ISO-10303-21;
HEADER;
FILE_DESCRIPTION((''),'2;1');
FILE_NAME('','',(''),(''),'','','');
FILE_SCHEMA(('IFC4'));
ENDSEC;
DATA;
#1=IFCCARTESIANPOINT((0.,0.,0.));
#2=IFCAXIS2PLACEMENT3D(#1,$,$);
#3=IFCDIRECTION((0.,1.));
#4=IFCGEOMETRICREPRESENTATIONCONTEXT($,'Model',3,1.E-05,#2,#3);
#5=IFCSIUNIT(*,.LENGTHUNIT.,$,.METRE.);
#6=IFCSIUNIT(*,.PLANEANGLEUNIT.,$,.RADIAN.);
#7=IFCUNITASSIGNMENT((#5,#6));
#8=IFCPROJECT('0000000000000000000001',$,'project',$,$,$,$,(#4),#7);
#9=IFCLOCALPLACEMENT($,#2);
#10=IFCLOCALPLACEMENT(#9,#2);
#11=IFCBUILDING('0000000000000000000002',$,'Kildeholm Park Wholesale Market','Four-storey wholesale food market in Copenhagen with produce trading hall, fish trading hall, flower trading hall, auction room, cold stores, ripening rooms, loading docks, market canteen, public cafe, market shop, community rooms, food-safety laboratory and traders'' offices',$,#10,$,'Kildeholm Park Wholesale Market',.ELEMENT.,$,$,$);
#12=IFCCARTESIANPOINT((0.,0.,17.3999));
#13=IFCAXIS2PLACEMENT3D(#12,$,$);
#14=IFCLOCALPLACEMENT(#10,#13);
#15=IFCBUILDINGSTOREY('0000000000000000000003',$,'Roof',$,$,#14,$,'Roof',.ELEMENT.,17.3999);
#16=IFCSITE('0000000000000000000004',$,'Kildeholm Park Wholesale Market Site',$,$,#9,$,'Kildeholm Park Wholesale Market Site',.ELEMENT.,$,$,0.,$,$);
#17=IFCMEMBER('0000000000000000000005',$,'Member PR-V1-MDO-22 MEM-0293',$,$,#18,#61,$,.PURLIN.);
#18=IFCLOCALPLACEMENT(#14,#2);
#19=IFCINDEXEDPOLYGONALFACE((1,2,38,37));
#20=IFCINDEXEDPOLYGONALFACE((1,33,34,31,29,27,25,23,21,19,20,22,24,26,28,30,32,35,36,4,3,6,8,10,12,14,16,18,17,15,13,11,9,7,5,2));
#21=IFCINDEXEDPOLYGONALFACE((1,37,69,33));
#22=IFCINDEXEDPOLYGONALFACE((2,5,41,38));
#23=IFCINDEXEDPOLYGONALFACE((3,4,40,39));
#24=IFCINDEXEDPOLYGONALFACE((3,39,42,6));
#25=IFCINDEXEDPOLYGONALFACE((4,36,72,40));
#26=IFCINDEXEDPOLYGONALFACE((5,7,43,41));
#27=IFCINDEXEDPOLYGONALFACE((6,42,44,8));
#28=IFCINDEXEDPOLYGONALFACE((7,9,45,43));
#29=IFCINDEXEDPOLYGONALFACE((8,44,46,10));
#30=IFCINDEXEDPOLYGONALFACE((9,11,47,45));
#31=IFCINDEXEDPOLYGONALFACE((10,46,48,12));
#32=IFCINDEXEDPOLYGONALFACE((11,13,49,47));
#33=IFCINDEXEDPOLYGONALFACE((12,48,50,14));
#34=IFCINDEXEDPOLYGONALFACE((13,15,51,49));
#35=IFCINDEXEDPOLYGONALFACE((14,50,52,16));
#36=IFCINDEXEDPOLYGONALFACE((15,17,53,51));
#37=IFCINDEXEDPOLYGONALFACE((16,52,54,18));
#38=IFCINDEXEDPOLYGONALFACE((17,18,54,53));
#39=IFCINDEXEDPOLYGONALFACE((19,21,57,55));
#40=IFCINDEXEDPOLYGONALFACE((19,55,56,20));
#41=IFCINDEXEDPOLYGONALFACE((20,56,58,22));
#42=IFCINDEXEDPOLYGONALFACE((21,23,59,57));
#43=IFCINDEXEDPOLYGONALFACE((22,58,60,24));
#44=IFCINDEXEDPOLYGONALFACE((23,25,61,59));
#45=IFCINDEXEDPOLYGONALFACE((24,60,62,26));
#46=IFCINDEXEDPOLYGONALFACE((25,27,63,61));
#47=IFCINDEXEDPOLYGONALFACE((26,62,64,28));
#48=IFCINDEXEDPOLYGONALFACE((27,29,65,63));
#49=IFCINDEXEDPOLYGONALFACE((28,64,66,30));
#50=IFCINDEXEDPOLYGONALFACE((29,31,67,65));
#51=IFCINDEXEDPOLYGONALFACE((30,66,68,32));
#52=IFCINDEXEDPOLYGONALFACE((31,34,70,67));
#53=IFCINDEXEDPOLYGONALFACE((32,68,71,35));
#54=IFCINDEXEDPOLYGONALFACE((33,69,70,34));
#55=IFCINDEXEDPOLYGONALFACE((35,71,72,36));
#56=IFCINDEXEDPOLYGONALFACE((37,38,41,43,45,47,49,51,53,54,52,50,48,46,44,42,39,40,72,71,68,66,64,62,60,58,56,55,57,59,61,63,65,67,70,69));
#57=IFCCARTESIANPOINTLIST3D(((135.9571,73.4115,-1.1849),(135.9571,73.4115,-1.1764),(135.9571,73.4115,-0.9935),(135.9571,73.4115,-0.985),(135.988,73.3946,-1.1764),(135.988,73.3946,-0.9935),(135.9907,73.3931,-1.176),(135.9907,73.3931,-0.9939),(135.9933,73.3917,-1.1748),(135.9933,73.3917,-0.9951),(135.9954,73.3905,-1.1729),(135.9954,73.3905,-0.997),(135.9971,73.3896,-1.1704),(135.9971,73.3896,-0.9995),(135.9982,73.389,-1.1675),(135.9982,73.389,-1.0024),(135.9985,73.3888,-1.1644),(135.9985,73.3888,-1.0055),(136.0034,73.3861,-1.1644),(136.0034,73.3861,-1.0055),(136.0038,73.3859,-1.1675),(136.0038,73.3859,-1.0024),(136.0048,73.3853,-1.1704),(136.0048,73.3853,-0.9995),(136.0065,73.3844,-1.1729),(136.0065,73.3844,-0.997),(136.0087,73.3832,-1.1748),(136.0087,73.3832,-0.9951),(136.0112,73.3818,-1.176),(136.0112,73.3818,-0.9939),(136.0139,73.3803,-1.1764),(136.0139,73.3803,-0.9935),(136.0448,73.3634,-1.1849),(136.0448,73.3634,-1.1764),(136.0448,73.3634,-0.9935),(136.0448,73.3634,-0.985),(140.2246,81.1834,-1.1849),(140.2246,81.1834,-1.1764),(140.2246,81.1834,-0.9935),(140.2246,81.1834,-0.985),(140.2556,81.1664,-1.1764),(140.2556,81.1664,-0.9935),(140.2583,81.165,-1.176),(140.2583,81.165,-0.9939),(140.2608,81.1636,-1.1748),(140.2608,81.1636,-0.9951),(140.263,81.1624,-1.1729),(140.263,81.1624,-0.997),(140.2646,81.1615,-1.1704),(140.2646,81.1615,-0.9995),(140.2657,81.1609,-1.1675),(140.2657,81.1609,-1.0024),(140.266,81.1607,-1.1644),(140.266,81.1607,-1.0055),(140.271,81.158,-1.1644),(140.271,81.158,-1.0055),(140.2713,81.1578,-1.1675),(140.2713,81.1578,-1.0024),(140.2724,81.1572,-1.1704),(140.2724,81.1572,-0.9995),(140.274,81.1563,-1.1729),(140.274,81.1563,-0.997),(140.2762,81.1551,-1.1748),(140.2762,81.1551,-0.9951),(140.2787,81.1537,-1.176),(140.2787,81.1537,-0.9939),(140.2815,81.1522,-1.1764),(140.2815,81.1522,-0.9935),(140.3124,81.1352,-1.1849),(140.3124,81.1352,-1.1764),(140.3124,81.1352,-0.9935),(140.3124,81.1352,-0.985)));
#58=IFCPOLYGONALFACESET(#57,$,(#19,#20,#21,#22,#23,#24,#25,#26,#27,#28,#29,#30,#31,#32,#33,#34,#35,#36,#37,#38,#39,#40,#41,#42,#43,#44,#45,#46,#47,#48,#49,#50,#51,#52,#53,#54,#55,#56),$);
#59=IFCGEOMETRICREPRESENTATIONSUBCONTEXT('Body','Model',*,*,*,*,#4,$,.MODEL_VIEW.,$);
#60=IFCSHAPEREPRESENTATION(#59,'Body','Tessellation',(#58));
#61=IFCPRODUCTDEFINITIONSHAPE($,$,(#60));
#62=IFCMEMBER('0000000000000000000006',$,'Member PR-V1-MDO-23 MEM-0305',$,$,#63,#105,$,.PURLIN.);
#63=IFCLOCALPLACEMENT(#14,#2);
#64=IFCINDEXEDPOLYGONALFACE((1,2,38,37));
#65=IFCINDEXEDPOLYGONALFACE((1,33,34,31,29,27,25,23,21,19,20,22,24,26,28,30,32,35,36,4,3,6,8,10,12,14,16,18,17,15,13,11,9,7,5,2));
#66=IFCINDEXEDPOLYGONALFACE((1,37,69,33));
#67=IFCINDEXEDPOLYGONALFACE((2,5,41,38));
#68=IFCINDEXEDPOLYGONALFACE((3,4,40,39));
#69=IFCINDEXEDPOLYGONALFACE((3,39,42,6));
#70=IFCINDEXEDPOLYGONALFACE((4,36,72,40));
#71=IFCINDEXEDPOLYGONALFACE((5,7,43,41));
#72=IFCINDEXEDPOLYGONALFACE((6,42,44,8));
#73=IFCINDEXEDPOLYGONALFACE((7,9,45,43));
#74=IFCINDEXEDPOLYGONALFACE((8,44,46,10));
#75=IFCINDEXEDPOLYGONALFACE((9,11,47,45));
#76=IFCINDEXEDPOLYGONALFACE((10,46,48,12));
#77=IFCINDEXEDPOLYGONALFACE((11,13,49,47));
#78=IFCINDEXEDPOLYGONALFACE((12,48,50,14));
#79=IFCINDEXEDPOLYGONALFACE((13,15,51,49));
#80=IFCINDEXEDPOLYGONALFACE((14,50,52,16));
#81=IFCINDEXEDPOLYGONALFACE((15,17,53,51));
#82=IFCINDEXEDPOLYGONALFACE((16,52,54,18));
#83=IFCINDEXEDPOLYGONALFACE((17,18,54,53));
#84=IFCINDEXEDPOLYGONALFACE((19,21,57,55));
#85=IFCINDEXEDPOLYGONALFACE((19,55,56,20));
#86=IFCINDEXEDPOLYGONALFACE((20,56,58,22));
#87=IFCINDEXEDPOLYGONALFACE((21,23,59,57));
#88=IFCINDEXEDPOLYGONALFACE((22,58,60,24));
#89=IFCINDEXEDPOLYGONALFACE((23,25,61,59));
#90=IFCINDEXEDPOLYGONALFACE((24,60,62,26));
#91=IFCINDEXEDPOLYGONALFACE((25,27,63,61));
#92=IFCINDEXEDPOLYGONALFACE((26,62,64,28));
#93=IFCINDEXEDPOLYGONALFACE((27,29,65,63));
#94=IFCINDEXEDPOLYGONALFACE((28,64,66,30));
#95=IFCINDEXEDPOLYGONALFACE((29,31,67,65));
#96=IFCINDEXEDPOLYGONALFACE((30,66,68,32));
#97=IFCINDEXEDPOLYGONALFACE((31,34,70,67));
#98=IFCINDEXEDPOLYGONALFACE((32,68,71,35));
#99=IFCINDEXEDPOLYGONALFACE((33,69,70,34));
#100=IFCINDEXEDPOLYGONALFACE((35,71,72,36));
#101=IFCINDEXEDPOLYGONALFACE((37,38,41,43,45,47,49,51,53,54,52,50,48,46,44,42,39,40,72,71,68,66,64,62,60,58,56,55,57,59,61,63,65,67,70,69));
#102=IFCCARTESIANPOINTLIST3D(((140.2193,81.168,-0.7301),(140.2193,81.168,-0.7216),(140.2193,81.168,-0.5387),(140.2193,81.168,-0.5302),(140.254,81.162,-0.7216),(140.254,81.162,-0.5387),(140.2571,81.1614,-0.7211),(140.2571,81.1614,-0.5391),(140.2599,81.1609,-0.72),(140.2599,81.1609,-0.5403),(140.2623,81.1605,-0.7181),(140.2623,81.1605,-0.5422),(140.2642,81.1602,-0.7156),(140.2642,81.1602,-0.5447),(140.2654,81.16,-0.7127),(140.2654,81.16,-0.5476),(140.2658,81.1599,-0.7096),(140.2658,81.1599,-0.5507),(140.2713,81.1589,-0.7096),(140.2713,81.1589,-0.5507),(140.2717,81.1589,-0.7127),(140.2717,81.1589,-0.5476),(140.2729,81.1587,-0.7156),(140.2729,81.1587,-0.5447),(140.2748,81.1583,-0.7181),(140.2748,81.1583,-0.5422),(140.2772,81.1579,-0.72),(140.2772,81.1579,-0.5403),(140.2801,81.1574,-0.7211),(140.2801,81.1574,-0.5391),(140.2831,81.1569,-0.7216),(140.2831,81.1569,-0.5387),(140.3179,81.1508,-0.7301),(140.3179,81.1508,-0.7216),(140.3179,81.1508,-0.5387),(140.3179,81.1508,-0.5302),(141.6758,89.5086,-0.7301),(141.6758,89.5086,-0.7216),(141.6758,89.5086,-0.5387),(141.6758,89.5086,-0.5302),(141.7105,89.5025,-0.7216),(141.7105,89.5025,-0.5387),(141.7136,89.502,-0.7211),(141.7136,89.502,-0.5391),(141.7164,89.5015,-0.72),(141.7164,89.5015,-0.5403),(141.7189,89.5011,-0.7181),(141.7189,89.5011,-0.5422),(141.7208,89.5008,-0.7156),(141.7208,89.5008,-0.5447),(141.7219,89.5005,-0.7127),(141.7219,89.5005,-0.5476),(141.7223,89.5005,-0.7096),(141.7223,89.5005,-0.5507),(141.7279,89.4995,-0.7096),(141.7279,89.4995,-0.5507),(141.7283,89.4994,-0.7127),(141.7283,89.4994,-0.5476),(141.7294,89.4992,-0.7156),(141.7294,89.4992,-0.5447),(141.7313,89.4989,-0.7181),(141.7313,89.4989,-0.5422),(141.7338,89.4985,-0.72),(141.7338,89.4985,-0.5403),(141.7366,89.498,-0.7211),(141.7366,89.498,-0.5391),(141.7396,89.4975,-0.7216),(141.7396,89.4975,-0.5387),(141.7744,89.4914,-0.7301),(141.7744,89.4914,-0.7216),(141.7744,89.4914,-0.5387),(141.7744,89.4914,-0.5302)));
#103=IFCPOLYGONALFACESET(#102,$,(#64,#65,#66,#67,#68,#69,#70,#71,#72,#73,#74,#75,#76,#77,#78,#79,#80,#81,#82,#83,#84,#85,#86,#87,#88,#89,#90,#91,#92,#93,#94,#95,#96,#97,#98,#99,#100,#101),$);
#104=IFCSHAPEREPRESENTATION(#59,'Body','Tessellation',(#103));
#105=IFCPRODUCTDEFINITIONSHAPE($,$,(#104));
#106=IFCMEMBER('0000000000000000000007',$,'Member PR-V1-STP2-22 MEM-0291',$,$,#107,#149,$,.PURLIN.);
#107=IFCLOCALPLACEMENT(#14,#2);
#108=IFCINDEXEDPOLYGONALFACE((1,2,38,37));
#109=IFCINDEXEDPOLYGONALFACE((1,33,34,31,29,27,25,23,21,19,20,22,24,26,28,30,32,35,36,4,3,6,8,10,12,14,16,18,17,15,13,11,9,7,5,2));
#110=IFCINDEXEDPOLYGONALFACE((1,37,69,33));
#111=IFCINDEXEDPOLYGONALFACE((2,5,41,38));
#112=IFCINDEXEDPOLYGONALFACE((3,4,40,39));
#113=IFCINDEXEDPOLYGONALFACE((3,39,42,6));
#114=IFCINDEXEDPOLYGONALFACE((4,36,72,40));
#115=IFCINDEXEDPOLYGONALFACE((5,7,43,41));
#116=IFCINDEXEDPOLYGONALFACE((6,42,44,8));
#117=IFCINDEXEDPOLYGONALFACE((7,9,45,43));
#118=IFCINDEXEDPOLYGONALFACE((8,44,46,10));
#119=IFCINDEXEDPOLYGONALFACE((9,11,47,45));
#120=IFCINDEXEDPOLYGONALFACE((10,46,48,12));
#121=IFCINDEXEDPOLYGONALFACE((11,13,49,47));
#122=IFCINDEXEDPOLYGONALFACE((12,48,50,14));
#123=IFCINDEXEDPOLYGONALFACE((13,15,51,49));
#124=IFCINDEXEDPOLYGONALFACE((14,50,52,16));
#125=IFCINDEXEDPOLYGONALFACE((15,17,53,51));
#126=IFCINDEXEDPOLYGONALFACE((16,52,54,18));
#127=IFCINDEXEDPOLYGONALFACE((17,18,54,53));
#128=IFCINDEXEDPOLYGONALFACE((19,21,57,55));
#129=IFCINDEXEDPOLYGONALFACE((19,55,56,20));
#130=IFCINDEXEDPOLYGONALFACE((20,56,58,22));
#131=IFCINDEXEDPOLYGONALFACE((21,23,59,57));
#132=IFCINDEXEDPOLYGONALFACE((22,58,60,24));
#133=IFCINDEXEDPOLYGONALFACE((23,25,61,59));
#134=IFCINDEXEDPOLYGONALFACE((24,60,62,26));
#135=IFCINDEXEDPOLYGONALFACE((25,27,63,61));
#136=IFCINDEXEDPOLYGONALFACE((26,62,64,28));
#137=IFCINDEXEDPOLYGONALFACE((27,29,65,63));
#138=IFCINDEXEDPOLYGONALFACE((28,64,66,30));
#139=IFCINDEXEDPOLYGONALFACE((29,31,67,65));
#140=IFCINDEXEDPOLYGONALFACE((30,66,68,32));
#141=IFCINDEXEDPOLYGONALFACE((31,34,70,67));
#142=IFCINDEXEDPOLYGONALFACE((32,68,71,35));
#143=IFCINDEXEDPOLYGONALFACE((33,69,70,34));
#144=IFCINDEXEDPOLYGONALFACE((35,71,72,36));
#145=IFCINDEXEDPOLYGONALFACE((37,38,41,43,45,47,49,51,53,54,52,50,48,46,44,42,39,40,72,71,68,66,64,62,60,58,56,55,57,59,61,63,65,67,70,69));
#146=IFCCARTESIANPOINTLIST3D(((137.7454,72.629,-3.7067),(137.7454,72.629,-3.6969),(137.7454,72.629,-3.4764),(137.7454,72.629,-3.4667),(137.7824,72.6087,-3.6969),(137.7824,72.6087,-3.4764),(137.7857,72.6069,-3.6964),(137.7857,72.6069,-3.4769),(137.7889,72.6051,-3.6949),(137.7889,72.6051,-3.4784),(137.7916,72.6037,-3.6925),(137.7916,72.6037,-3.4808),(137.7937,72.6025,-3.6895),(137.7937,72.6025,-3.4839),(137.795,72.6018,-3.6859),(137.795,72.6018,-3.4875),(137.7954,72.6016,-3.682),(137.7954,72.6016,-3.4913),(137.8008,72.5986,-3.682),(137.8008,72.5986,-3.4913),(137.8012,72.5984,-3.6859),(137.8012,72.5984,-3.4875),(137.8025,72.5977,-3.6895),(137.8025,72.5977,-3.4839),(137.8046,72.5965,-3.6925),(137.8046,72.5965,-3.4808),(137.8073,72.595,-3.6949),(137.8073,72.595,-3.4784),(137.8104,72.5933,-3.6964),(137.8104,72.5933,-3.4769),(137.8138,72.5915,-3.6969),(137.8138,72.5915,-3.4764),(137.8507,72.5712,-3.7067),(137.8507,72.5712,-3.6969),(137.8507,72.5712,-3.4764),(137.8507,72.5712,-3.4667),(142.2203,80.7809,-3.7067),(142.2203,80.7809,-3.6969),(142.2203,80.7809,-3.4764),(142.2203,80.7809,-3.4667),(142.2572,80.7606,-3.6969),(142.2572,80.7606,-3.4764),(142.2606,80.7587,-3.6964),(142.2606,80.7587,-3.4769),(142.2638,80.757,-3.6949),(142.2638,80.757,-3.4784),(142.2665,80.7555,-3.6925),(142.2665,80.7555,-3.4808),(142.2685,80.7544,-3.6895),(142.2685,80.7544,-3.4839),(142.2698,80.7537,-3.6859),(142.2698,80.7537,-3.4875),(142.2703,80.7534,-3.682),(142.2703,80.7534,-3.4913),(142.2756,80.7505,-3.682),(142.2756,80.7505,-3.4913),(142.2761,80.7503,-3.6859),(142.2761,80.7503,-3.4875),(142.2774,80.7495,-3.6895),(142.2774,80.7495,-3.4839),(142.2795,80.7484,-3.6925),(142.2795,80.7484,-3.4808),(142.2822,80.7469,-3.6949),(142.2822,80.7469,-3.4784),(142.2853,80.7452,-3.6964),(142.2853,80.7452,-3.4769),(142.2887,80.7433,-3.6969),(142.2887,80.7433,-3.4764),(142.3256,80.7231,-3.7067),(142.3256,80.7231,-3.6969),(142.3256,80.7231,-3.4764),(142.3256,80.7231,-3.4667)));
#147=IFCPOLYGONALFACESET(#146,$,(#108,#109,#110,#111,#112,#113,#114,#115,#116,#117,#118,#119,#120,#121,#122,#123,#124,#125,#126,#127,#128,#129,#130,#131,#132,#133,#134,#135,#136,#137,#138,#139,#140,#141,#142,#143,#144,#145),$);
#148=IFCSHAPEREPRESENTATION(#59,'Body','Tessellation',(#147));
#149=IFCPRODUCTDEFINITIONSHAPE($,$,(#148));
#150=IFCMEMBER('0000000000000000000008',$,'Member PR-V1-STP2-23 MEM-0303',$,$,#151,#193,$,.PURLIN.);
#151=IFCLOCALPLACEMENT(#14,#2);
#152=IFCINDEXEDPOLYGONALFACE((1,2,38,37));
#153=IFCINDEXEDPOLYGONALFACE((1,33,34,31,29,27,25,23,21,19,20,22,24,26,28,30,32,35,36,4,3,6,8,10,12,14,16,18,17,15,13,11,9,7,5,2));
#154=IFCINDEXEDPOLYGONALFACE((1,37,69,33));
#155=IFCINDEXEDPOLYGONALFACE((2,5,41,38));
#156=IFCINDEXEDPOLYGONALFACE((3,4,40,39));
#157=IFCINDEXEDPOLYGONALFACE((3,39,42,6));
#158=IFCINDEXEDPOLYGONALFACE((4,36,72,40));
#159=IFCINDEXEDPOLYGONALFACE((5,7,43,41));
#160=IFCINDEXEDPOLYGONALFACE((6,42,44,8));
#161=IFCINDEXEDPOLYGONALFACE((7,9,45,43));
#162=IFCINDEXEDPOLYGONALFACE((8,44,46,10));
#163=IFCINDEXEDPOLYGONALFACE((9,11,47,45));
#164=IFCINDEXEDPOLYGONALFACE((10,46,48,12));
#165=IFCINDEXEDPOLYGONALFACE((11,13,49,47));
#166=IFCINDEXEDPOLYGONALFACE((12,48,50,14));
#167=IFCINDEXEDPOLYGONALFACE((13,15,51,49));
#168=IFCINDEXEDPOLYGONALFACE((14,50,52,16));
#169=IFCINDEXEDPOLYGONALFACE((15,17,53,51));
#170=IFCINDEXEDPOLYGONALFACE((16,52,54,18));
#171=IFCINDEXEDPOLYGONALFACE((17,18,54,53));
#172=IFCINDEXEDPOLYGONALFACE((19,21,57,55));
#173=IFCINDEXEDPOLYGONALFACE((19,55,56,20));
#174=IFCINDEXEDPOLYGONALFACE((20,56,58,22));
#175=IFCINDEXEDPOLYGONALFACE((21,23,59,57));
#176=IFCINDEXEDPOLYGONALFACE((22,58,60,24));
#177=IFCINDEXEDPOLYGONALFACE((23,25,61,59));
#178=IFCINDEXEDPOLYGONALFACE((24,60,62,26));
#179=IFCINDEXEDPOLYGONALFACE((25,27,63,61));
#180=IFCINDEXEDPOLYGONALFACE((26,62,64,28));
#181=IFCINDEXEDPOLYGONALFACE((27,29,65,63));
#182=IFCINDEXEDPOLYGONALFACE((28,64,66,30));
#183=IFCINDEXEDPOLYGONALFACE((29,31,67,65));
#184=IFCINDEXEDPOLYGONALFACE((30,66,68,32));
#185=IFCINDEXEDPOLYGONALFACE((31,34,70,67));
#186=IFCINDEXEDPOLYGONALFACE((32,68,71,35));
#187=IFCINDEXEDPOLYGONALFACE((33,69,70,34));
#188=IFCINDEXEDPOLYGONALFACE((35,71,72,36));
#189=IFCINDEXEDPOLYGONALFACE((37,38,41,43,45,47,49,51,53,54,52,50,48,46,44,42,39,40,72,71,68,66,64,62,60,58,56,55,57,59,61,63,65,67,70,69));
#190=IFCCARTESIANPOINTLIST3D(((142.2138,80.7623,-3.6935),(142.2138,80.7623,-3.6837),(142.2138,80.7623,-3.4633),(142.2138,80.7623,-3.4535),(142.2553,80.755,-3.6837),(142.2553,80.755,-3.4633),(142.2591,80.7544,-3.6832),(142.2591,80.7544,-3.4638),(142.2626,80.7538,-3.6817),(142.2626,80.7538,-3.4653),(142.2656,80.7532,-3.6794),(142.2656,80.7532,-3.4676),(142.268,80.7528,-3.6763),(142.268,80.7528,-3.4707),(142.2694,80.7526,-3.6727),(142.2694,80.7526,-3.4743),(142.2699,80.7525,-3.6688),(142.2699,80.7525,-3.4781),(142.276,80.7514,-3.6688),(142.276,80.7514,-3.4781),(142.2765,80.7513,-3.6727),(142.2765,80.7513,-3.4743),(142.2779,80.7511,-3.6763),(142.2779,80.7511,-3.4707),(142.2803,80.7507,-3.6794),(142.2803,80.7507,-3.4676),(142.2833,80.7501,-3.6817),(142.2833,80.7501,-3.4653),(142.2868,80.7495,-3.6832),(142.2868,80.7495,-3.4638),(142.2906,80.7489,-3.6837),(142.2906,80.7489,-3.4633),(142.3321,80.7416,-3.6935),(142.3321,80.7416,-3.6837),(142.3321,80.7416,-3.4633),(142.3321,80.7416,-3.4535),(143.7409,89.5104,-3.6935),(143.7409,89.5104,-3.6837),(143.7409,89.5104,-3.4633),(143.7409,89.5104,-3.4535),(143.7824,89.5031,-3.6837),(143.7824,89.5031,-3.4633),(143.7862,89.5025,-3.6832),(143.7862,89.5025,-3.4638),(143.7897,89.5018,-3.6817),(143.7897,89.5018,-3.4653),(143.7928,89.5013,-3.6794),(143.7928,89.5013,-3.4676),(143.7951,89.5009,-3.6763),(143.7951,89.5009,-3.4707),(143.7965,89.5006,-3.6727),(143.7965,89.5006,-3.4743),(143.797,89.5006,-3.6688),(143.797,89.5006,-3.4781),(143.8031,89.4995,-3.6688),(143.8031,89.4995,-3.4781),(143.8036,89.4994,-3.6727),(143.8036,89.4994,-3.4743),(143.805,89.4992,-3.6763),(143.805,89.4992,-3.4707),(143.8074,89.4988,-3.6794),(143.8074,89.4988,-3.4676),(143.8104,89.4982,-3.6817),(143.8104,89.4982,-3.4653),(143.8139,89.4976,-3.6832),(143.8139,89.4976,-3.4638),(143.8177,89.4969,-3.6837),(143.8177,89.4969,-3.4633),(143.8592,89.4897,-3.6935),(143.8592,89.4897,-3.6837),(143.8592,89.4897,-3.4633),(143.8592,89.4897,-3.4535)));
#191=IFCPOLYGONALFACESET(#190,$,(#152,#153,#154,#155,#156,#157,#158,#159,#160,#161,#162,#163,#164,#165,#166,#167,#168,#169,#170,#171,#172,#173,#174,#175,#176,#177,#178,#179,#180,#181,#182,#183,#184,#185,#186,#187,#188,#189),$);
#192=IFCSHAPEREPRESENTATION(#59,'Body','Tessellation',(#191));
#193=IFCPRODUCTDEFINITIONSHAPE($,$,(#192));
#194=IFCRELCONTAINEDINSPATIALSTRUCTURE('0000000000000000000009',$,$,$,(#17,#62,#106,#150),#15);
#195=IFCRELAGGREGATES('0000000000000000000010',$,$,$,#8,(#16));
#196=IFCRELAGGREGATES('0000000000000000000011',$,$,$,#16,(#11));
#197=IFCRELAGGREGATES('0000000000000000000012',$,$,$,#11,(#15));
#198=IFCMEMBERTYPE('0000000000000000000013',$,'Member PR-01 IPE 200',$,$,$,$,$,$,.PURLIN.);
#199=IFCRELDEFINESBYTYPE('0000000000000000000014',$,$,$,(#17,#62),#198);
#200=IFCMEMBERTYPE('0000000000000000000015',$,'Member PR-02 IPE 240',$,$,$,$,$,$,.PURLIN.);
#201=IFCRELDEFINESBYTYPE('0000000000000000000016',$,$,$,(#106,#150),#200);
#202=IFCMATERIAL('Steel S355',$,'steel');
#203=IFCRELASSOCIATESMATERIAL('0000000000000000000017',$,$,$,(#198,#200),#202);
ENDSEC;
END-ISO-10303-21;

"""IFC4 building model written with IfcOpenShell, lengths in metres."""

from ifc_helpers import new_model, si_unit, direction, frame, origin, origin_2d, place, context, subcontext, project, spatial, i_section, extrude, material, material_profile, profile_set, type_object, element, save


model = new_model("IFC4")

# Units and contexts
model_context = context("Model", 3, precision=1e-05, world=origin(), true_north=direction((0.0, 1.0)))
body_context = subcontext(model_context, "Body", "Model", "MODEL_VIEW")
ifc_project = project(units=[si_unit("LENGTHUNIT", "METRE"), si_unit("PLANEANGLEUNIT", "RADIAN")], contexts=[model_context])

# Site, building, storey
site_placement = place(None, origin())
site = spatial("IfcSite", under=ifc_project, at=site_placement, Name="Kildeholm Park Wholesale Market Site", LongName="Kildeholm Park Wholesale Market Site", CompositionType="ELEMENT", RefElevation=0.0)
building_placement = place(site_placement, origin())
building = spatial("IfcBuilding", under=site, at=building_placement, Name="Kildeholm Park Wholesale Market", Description="Four-storey wholesale food market in Copenhagen with produce trading hall, fish trading hall, flower trading hall, auction room, cold stores, ripening rooms, loading docks, market canteen, public cafe, market shop, community rooms, food-safety laboratory and traders' offices", LongName="Kildeholm Park Wholesale Market", CompositionType="ELEMENT")
storey_placement = place(building_placement, frame((0.0, 0.0, 17.3999)))
storey = spatial("IfcBuildingStorey", under=building, at=storey_placement, Name="Roof", LongName="Roof", CompositionType="ELEMENT", Elevation=17.3999)

# Members
ifc_material_1 = material(Name="Steel S355", Category="steel")
ifc_material_profile_1 = material_profile(ifc_material_1, i_section(OverallWidth=0.1001, OverallDepth=0.2, WebThickness=0.0056, FlangeThickness=0.0085, FilletRadius=0.012, at=origin_2d()), Name="IPE 200")
ifc_profile_set_1 = profile_set([ifc_material_profile_1], Name="Steel S355")
member_type_1 = type_object("IfcMemberType", Name="Member PR-01 IPE 200", PredefinedType="PURLIN", material=ifc_profile_set_1)
member_1_placement = place(storey_placement, frame((136.001, 73.3875, -1.085), z_axis=(0.481312, 0.876549, 0.0), x_axis=(-0.876549, 0.481312, 0.0)))
element("IfcMember", 1, at=member_1_placement, inside=storey, type_object=member_type_1, Name="Member PR-V1-MDO-22 MEM-0293", PredefinedType="PURLIN", context=body_context, shape_type="SweptSolid", body=[
    extrude(i_section(OverallWidth=0.1001, OverallDepth=0.2, WebThickness=0.0056, FlangeThickness=0.0085, FilletRadius=0.012, at=origin_2d()), origin(), (0.0, 0.0, 1.0), 8.8665),
])
member_2_placement = place(storey_placement, frame((140.2686, 81.1594, -0.6301), z_axis=(0.17203, 0.985092, 0.0), x_axis=(-0.985092, 0.17203, 0.0)))
element("IfcMember", 2, at=member_2_placement, inside=storey, type_object=member_type_1, Name="Member PR-V1-MDO-23 MEM-0305", PredefinedType="PURLIN", context=body_context, shape_type="SweptSolid", body=[
    extrude(i_section(OverallWidth=0.1001, OverallDepth=0.2, WebThickness=0.0056, FlangeThickness=0.0085, FilletRadius=0.012, at=origin_2d()), origin(), (0.0, 0.0, 1.0), 8.4668),
])
ifc_material_profile_2 = material_profile(ifc_material_1, i_section(OverallWidth=0.1201, OverallDepth=0.24, WebThickness=0.0061, FlangeThickness=0.0098, FilletRadius=0.0149, at=origin_2d()), Name="IPE 240")
ifc_profile_set_2 = profile_set([ifc_material_profile_2], Name="Steel S355")
member_type_2 = type_object("IfcMemberType", Name="Member PR-02 IPE 240", PredefinedType="PURLIN", material=ifc_profile_set_2)
member_3_placement = place(storey_placement, frame((137.7981, 72.6001, -3.5867), z_axis=(0.481203, 0.876609, 0.0), x_axis=(-0.876609, 0.481203, 0.0)))
element("IfcMember", 3, at=member_3_placement, inside=storey, type_object=member_type_2, Name="Member PR-V1-STP2-22 MEM-0291", PredefinedType="PURLIN", context=body_context, shape_type="SweptSolid", body=[
    extrude(i_section(OverallWidth=0.1201, OverallDepth=0.24, WebThickness=0.0061, FlangeThickness=0.0098, FilletRadius=0.0149, at=origin_2d()), origin(), (0.0, 0.0, 1.0), 9.2993),
])
member_4_placement = place(storey_placement, frame((142.2729, 80.752, -3.5735), z_axis=(0.171964, 0.985103, 0.0), x_axis=(-0.985103, 0.171964, 0.0)))
element("IfcMember", 4, at=member_4_placement, inside=storey, type_object=member_type_2, Name="Member PR-V1-STP2-23 MEM-0303", PredefinedType="PURLIN", context=body_context, shape_type="SweptSolid", body=[
    extrude(i_section(OverallWidth=0.1201, OverallDepth=0.24, WebThickness=0.0061, FlangeThickness=0.0098, FilletRadius=0.0149, at=origin_2d()), origin(), (0.0, 0.0, 1.0), 8.8804),
])

save(model, "model.ifc")
